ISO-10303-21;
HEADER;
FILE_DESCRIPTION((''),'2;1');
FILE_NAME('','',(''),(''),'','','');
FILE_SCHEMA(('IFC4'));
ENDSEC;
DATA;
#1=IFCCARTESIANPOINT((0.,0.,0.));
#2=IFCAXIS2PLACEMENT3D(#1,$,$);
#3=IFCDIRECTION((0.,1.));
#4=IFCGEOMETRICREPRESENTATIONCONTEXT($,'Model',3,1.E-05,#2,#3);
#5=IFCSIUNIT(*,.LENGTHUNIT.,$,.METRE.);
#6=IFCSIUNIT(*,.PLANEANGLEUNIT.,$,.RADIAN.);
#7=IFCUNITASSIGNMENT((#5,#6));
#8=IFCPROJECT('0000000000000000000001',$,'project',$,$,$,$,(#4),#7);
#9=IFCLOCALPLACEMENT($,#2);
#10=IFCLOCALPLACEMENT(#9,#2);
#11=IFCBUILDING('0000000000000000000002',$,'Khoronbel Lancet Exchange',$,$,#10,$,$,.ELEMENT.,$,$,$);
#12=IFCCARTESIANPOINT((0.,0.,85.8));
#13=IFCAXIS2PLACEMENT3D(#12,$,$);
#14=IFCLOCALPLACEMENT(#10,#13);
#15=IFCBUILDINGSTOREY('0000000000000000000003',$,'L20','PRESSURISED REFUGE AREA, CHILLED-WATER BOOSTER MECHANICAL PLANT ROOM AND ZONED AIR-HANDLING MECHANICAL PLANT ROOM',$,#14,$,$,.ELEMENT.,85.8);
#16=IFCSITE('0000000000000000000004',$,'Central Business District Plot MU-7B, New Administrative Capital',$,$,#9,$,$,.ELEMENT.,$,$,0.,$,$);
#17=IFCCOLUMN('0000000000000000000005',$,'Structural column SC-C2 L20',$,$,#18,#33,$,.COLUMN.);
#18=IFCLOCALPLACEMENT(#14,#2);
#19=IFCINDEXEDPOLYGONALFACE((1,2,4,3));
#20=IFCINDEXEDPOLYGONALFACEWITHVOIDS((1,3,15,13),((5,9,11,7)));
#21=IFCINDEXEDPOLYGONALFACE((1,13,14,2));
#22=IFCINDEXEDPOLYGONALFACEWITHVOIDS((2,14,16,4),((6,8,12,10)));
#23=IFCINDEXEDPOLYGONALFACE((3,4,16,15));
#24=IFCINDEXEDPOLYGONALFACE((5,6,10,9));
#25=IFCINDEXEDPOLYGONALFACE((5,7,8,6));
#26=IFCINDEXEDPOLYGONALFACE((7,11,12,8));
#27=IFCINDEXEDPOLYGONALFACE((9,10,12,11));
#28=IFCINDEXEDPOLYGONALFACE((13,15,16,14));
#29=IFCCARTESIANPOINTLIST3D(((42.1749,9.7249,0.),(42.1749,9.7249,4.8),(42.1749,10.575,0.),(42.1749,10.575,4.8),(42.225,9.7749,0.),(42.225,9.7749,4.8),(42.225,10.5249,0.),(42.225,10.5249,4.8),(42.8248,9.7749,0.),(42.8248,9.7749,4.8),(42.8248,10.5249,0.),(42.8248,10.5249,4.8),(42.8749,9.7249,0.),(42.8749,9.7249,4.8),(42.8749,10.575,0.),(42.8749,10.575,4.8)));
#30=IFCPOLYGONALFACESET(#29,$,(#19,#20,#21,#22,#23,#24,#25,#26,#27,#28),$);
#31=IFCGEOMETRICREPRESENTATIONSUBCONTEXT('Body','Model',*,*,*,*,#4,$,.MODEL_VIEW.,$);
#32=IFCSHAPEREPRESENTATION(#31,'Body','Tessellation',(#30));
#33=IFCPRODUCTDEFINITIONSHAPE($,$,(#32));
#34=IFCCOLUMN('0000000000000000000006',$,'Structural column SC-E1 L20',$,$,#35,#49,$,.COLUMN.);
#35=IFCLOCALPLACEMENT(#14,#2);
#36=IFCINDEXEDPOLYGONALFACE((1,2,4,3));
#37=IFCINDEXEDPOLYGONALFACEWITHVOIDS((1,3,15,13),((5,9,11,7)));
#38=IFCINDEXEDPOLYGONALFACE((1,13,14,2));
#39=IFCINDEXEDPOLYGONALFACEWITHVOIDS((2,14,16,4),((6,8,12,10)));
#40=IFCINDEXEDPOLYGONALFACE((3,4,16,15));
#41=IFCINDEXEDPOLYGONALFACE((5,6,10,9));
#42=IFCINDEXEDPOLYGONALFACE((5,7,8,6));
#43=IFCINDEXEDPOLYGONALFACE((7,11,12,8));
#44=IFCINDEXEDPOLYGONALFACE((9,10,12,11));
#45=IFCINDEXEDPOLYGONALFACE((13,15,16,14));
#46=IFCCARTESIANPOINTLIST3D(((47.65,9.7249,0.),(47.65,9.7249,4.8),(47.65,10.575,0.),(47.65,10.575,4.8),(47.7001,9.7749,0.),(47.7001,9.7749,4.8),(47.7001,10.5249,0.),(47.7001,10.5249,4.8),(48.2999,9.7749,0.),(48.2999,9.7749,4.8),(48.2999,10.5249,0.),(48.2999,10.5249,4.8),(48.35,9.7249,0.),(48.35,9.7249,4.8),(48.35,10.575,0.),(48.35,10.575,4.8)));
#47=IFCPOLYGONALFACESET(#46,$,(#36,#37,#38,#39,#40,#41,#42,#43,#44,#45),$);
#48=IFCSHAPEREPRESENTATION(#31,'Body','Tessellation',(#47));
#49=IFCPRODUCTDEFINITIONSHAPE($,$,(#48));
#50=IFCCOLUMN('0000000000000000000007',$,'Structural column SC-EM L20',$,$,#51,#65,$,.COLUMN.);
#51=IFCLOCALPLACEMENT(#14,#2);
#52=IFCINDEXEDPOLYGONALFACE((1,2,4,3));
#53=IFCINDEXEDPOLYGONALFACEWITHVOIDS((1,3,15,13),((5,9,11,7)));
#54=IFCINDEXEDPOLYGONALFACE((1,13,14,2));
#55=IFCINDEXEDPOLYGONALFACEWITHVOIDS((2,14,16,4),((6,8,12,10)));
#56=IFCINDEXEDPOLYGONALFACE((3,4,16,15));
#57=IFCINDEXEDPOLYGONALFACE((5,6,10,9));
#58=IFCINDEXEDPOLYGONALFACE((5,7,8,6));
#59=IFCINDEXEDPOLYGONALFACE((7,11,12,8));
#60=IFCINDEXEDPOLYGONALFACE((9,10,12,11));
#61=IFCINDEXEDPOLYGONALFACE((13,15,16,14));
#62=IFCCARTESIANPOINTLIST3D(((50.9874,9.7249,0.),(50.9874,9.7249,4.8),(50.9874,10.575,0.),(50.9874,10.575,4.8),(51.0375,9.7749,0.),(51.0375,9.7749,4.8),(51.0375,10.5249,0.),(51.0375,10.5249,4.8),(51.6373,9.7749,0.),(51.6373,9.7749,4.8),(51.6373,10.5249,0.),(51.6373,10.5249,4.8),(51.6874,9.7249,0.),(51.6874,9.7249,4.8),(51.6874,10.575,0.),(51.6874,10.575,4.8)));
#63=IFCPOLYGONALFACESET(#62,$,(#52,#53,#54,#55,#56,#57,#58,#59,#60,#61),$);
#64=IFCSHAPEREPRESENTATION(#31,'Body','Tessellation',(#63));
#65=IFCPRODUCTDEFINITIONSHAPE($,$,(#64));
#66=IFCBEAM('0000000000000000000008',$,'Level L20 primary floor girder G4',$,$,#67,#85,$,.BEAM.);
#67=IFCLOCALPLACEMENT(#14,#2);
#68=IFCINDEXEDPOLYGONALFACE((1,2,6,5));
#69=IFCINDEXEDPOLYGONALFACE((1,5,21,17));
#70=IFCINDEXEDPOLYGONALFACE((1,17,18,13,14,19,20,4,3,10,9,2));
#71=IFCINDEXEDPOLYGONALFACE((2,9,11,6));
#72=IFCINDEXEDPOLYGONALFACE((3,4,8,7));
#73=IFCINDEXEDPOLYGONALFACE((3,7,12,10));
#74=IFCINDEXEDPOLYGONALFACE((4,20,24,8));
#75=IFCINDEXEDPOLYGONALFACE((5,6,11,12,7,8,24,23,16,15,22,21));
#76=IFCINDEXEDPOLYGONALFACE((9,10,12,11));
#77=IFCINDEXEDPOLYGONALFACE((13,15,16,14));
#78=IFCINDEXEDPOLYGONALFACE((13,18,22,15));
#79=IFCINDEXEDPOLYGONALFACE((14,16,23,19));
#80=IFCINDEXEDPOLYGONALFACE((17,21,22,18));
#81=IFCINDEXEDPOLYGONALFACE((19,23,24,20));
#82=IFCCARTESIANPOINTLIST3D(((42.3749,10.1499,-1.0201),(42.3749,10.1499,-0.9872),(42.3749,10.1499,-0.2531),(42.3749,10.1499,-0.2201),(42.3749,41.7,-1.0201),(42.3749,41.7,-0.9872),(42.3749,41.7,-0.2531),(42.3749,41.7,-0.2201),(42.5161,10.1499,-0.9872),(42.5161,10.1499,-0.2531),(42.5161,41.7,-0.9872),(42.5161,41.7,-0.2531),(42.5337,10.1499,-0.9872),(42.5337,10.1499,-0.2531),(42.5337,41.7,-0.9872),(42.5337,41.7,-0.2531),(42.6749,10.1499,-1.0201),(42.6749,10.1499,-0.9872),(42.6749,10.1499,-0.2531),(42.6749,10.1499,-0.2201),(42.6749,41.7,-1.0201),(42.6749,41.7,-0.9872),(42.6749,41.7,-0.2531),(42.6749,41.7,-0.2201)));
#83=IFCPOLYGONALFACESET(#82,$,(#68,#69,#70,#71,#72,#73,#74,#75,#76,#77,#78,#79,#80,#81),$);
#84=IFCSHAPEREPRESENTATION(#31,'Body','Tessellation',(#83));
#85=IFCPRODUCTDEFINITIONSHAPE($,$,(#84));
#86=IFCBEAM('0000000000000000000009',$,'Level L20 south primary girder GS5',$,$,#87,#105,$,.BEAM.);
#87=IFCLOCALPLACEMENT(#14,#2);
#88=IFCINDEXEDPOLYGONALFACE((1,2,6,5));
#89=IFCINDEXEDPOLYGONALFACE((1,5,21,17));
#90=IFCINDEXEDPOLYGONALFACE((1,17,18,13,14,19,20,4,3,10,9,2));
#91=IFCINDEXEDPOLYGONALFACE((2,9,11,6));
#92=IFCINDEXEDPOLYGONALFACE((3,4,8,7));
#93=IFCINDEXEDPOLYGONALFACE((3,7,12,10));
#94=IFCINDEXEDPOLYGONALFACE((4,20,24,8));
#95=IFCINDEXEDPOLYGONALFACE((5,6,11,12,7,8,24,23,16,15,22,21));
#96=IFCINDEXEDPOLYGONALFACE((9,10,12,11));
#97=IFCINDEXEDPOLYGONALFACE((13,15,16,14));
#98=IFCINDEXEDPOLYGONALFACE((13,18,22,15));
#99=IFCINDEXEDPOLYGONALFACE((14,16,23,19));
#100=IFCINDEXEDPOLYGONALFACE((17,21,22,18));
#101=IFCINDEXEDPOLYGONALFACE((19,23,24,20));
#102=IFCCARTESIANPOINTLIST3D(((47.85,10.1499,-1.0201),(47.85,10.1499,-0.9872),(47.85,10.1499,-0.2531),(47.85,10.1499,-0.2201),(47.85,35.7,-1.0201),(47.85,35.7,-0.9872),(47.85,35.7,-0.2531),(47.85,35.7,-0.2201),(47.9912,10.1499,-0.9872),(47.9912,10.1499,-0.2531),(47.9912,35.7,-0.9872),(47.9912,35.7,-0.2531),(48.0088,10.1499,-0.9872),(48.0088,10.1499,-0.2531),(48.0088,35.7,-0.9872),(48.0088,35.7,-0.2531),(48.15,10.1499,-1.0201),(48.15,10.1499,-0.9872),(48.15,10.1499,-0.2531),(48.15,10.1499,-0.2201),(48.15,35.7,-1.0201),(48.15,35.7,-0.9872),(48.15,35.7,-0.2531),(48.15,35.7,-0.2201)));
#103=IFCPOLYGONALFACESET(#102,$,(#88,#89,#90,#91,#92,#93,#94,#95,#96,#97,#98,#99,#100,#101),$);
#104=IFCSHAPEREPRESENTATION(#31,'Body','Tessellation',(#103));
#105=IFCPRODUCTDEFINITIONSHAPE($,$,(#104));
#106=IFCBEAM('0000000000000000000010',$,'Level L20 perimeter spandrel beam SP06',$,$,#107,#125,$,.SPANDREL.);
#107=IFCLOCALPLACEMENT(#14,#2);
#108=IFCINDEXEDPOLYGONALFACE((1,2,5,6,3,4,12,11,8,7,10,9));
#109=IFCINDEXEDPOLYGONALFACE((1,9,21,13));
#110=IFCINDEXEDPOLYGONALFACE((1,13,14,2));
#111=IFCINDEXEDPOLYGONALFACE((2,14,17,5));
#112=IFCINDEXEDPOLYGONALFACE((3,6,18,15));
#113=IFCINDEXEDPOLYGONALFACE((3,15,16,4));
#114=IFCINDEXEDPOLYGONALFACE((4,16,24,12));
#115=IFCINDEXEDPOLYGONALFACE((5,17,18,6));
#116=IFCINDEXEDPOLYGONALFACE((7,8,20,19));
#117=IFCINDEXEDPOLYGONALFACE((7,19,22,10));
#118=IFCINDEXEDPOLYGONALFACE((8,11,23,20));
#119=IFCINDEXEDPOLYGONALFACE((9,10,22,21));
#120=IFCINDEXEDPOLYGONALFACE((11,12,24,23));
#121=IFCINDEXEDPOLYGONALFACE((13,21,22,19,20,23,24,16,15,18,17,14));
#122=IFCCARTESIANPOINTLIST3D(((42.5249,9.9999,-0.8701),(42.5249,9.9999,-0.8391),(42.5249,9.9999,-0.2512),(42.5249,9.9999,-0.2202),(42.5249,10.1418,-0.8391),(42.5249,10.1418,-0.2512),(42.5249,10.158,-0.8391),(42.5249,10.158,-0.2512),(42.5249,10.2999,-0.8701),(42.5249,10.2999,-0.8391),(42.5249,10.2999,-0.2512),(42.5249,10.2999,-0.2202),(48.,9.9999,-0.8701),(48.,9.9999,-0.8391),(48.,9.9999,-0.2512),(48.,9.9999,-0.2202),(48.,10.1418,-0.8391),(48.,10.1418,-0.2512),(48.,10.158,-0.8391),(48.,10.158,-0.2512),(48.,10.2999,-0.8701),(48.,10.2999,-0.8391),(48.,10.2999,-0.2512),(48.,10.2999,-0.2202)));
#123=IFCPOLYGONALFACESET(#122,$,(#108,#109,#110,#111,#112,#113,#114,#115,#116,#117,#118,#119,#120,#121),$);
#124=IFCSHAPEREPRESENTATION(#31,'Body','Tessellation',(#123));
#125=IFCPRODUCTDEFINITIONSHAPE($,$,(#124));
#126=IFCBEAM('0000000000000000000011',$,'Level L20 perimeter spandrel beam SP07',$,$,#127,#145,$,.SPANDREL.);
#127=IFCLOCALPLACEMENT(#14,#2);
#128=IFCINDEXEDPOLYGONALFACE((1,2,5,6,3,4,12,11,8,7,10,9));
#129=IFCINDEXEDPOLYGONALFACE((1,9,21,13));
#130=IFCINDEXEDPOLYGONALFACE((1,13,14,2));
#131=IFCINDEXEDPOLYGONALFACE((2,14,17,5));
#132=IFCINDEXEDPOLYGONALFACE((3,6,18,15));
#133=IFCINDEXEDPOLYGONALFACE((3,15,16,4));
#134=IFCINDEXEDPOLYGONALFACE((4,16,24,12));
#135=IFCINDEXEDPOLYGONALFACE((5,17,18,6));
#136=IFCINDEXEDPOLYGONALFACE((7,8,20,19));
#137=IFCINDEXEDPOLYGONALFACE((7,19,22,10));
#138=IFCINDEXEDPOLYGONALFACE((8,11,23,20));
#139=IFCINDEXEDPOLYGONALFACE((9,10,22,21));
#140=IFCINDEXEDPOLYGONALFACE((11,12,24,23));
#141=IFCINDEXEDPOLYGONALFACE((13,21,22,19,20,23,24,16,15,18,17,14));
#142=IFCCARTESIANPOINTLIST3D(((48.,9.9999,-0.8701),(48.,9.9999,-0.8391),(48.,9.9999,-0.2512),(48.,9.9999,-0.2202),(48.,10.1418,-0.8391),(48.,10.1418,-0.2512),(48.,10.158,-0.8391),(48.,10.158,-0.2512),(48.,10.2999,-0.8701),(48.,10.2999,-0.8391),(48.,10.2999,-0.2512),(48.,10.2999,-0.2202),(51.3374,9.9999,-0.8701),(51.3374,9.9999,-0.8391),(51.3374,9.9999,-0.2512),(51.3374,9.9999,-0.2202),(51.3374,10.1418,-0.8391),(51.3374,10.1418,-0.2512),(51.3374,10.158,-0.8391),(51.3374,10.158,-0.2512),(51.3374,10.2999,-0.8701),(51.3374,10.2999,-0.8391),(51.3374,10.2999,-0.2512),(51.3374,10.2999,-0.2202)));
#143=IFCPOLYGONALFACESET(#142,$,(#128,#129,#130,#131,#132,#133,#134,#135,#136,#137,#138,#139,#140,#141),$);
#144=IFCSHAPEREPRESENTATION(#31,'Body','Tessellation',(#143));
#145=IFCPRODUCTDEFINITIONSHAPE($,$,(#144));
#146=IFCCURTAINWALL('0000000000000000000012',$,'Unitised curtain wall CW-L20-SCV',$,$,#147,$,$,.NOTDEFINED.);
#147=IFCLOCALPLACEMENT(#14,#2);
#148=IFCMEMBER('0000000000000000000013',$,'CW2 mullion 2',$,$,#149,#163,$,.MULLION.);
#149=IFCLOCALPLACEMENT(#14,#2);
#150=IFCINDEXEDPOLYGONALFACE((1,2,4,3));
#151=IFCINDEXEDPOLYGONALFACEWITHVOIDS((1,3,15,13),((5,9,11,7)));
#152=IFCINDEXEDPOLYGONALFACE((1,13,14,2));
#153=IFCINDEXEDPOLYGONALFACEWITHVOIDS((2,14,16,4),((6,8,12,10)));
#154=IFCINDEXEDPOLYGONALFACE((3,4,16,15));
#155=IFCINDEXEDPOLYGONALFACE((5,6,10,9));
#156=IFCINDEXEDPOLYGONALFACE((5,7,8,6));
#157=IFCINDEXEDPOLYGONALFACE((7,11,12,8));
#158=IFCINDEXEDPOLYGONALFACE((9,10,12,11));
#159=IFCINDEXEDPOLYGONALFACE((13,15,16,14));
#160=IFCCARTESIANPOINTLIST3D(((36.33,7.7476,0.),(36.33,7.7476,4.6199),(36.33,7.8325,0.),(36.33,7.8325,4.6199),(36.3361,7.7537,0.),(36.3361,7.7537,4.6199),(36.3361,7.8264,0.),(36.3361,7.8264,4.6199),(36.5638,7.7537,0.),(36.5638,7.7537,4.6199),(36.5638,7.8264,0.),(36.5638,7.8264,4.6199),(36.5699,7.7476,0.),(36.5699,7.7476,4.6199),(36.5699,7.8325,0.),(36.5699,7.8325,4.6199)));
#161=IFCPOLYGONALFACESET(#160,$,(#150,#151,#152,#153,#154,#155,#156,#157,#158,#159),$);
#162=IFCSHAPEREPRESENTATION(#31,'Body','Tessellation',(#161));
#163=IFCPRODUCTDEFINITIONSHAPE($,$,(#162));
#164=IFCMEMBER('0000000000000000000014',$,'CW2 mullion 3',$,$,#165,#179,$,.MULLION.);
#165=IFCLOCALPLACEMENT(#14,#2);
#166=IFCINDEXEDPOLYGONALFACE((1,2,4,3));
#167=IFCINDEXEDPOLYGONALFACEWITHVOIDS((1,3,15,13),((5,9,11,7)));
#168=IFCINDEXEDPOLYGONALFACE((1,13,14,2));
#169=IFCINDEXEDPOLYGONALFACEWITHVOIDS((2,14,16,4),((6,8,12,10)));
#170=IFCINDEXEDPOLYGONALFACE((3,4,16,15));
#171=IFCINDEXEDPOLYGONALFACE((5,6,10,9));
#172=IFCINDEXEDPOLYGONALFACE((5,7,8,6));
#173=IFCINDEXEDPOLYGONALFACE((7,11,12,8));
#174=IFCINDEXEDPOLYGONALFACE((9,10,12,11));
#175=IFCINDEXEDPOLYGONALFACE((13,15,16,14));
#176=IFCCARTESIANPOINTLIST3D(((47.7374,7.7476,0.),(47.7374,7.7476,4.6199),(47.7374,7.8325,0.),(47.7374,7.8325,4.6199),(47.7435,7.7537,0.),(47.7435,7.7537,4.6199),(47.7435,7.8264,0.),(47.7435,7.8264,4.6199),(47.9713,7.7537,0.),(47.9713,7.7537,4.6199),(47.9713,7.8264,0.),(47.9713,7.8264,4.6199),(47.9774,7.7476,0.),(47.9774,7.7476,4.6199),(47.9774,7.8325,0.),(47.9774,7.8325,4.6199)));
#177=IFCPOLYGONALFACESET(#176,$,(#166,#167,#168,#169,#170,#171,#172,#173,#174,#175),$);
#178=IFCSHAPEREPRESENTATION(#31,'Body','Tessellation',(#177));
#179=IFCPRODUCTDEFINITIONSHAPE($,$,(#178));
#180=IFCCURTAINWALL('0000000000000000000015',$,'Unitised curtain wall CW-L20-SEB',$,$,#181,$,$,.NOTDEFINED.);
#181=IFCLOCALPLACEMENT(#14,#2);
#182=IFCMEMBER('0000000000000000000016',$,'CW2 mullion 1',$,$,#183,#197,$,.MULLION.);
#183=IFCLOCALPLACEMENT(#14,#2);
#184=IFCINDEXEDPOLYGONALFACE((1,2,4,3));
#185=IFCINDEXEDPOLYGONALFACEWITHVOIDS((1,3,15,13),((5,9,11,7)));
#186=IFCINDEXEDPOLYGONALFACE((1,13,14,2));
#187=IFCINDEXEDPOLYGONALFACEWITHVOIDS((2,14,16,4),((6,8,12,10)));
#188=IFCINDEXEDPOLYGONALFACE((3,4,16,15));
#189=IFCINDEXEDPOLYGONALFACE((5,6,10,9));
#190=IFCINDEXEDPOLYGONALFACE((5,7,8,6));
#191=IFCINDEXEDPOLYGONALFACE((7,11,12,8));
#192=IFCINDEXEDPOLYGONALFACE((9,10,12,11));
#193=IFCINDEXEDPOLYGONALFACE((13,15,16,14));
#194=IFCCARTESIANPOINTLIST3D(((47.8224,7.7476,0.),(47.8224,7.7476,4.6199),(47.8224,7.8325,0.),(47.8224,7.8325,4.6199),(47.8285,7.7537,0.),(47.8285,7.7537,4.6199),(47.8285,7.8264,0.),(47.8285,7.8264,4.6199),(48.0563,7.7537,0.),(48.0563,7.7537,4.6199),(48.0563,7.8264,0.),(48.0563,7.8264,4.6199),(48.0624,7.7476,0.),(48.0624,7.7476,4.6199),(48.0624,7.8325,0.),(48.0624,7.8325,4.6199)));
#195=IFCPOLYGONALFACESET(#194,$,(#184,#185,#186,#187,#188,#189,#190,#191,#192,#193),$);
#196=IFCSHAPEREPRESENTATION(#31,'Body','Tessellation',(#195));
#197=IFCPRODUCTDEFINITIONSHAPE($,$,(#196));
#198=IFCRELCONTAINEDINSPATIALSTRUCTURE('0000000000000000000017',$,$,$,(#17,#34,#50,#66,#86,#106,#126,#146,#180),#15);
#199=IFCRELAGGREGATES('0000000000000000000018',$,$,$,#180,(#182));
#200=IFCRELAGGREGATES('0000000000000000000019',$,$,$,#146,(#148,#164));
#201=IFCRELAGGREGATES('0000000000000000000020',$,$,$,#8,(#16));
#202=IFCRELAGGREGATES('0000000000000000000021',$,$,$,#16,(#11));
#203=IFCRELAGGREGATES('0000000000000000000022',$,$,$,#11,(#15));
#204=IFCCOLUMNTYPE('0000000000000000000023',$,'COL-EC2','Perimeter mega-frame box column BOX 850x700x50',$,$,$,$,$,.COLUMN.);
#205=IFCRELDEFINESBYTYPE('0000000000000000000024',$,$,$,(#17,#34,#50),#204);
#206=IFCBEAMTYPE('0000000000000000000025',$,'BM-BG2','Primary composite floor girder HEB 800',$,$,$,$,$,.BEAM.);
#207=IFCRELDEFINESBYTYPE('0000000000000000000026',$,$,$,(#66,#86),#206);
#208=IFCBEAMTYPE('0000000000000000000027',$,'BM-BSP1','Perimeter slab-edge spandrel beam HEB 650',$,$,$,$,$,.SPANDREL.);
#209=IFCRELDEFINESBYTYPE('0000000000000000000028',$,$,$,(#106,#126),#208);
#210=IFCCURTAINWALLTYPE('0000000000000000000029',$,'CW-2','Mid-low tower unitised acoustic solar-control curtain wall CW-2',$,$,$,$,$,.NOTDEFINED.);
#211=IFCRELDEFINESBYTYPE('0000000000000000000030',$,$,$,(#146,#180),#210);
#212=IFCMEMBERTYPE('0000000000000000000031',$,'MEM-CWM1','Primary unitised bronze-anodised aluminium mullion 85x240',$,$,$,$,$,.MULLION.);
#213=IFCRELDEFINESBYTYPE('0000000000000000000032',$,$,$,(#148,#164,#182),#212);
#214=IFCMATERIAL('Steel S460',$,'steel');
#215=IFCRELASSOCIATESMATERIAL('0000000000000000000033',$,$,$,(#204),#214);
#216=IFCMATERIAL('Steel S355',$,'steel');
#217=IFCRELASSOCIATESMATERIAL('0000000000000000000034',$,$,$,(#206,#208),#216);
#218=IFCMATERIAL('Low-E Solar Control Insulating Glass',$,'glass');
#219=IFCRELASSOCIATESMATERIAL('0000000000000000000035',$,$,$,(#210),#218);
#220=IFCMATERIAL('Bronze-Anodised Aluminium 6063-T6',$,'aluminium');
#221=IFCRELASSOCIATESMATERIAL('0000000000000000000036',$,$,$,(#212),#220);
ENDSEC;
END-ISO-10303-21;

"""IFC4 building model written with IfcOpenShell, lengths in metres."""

from ifc_helpers import new_model, si_unit, direction, frame, origin, origin_2d, place, context, subcontext, project, spatial, hollow_rectangle, i_section, extrude, material, material_profile, profile_set, type_object, element, aggregate, save


model = new_model("IFC4")

# Units and contexts
model_context = context("Model", 3, precision=1e-05, world=origin(), true_north=direction((0.0, 1.0)))
body_context = subcontext(model_context, "Body", "Model", "MODEL_VIEW")
ifc_project = project(units=[si_unit("LENGTHUNIT", "METRE"), si_unit("PLANEANGLEUNIT", "RADIAN")], contexts=[model_context])

# Site, building, storey
site_placement = place(None, origin())
site = spatial("IfcSite", under=ifc_project, at=site_placement, Name="Central Business District Plot MU-7B, New Administrative Capital", CompositionType="ELEMENT", RefElevation=0.0)
building_placement = place(site_placement, origin())
building = spatial("IfcBuilding", under=site, at=building_placement, Name="Khoronbel Lancet Exchange", CompositionType="ELEMENT")
storey_placement = place(building_placement, frame((0.0, 0.0, 85.8)))
storey = spatial("IfcBuildingStorey", under=building, at=storey_placement, Name="L20", Description="PRESSURISED REFUGE AREA, CHILLED-WATER BOOSTER MECHANICAL PLANT ROOM AND ZONED AIR-HANDLING MECHANICAL PLANT ROOM", CompositionType="ELEMENT", Elevation=85.8)

# Columns
ifc_material_1 = material(Name="Steel S460", Category="steel")
ifc_material_profile_1 = material_profile(ifc_material_1, hollow_rectangle(XDim=0.7, YDim=0.8501, WallThickness=0.05, at=origin_2d()), Name="BOX 850x700x50")
ifc_profile_set_1 = profile_set([ifc_material_profile_1], Name="Steel S460")
column_type = type_object("IfcColumnType", Name="COL-EC2", Description="Perimeter mega-frame box column BOX 850x700x50", PredefinedType="COLUMN", material=ifc_profile_set_1)
for number, where, z_axis, x_axis, name in (
    (1, (42.5249, 10.1499, 0.0), (0.0, 0.0, 1.0), (1.0, 0.0, 0.0), "Structural column SC-C2 L20"),
    (2, (48.0, 10.1499, 0.0), (0.0, 0.0, 1.0), (1.0, 0.0, 0.0), "Structural column SC-E1 L20"),
    (3, (51.3374, 10.1499, 0.0), (0.0, 0.0, 1.0), (1.0, 0.0, 0.0), "Structural column SC-EM L20"),
):
    element("IfcColumn", number, at=place(storey_placement, frame(where, z_axis=z_axis, x_axis=x_axis)), inside=storey, type_object=column_type, Name=name, PredefinedType="COLUMN", context=body_context, shape_type="SweptSolid", body=[
        extrude(hollow_rectangle(XDim=0.7, YDim=0.8501, WallThickness=0.05, at=origin_2d()), origin(), (0.0, 0.0, 1.0), 4.8),
    ])

# Beams
ifc_material_2 = material(Name="Steel S355", Category="steel")
ifc_material_profile_2 = material_profile(ifc_material_2, i_section(OverallWidth=0.3, OverallDepth=0.8, WebThickness=0.0176, FlangeThickness=0.033, at=origin_2d()), Name="HEB 800")
ifc_profile_set_2 = profile_set([ifc_material_profile_2], Name="Steel S355")
beam_type_1 = type_object("IfcBeamType", Name="BM-BG2", Description="Primary composite floor girder HEB 800", PredefinedType="BEAM", material=ifc_profile_set_2)
beam_1_placement = place(storey_placement, frame((42.5249, 10.1499, -0.6201), z_axis=(0.0, 1.0, 0.0), x_axis=(-1.0, 0.0, 0.0)))
element("IfcBeam", 4, at=beam_1_placement, inside=storey, type_object=beam_type_1, Name="Level L20 primary floor girder G4", PredefinedType="BEAM", context=body_context, shape_type="SweptSolid", body=[
    extrude(i_section(OverallWidth=0.3, OverallDepth=0.8, WebThickness=0.0176, FlangeThickness=0.033, at=origin_2d()), origin(), (0.0, 0.0, 1.0), 31.55),
])
beam_2_placement = place(storey_placement, frame((48.0, 10.1499, -0.6201), z_axis=(0.0, 1.0, 0.0), x_axis=(-1.0, 0.0, 0.0)))
element("IfcBeam", 5, at=beam_2_placement, inside=storey, type_object=beam_type_1, Name="Level L20 south primary girder GS5", PredefinedType="BEAM", context=body_context, shape_type="SweptSolid", body=[
    extrude(i_section(OverallWidth=0.3, OverallDepth=0.8, WebThickness=0.0176, FlangeThickness=0.033, at=origin_2d()), origin(), (0.0, 0.0, 1.0), 25.55),
])
ifc_material_profile_3 = material_profile(ifc_material_2, i_section(OverallWidth=0.3, OverallDepth=0.6499, WebThickness=0.0161, FlangeThickness=0.031, at=origin_2d()), Name="HEB 650")
ifc_profile_set_3 = profile_set([ifc_material_profile_3], Name="Steel S355")
beam_type_2 = type_object("IfcBeamType", Name="BM-BSP1", Description="Perimeter slab-edge spandrel beam HEB 650", PredefinedType="SPANDREL", material=ifc_profile_set_3)
beam_3_placement = place(storey_placement, frame((42.5249, 10.1499, -0.5452), z_axis=(1.0, 0.0, 0.0), x_axis=(0.0, 1.0, 0.0)))
element("IfcBeam", 6, at=beam_3_placement, inside=storey, type_object=beam_type_2, Name="Level L20 perimeter spandrel beam SP06", PredefinedType="SPANDREL", context=body_context, shape_type="SweptSolid", body=[
    extrude(i_section(OverallWidth=0.3, OverallDepth=0.6499, WebThickness=0.0161, FlangeThickness=0.031, at=origin_2d()), origin(), (0.0, 0.0, 1.0), 5.4751),
])
beam_4_placement = place(storey_placement, frame((48.0, 10.1499, -0.5452), z_axis=(1.0, 0.0, 0.0), x_axis=(0.0, 1.0, 0.0)))
element("IfcBeam", 7, at=beam_4_placement, inside=storey, type_object=beam_type_2, Name="Level L20 perimeter spandrel beam SP07", PredefinedType="SPANDREL", context=body_context, shape_type="SweptSolid", body=[
    extrude(i_section(OverallWidth=0.3, OverallDepth=0.6499, WebThickness=0.0161, FlangeThickness=0.031, at=origin_2d()), origin(), (0.0, 0.0, 1.0), 3.3374),
])

# Curtain wall, members
ifc_material_3 = material(Name="Low-E Solar Control Insulating Glass", Category="glass")
curtain_wall_type = type_object("IfcCurtainWallType", Name="CW-2", Description="Mid-low tower unitised acoustic solar-control curtain wall CW-2", PredefinedType="NOTDEFINED", material=ifc_material_3)
curtain_wall_1_placement = place(storey_placement, origin())
curtain_wall_1 = element("IfcCurtainWall", 8, at=curtain_wall_1_placement, inside=storey, type_object=curtain_wall_type, Name="Unitised curtain wall CW-L20-SCV", PredefinedType="NOTDEFINED")
ifc_material_4 = material(Name="Bronze-Anodised Aluminium 6063-T6", Category="aluminium")
ifc_material_profile_4 = material_profile(ifc_material_4, hollow_rectangle(XDim=0.085, YDim=0.24, WallThickness=0.0061, at=origin_2d()), Name="ALU MULLION 85x240")
ifc_profile_set_4 = profile_set([ifc_material_profile_4], Name="Bronze-Anodised Aluminium 6063-T6")
member_type_1 = type_object("IfcMemberType", Name="MEM-CWM1", Description="Primary unitised bronze-anodised aluminium mullion 85x240", PredefinedType="MULLION", material=ifc_profile_set_4)
member_1_placement = place(storey_placement, frame((36.45, 7.79, 0.0), z_axis=(0.0, 0.0, 1.0), x_axis=(0.0, 1.0, 0.0)))
member_1 = element("IfcMember", 9, at=member_1_placement, type_object=member_type_1, Name="CW2 mullion 2", PredefinedType="MULLION", context=body_context, shape_type="SweptSolid", body=[
    extrude(hollow_rectangle(XDim=0.085, YDim=0.24, WallThickness=0.0061, at=origin_2d()), origin(), (0.0, 0.0, 1.0), 4.6199),
])
member_2_placement = place(storey_placement, frame((47.8574, 7.79, 0.0), z_axis=(0.0, 0.0, 1.0), x_axis=(0.0, 1.0, 0.0)))
member_2 = element("IfcMember", 10, at=member_2_placement, type_object=member_type_1, Name="CW2 mullion 3", PredefinedType="MULLION", context=body_context, shape_type="SweptSolid", body=[
    extrude(hollow_rectangle(XDim=0.085, YDim=0.24, WallThickness=0.0061, at=origin_2d()), origin(), (0.0, 0.0, 1.0), 4.6199),
])

# Curtain wall, member
curtain_wall_2_placement = place(storey_placement, origin())
curtain_wall_2 = element("IfcCurtainWall", 11, at=curtain_wall_2_placement, inside=storey, type_object=curtain_wall_type, Name="Unitised curtain wall CW-L20-SEB", PredefinedType="NOTDEFINED")
member_3_placement = place(storey_placement, frame((47.9424, 7.79, 0.0), z_axis=(0.0, 0.0, 1.0), x_axis=(0.0, 1.0, 0.0)))
member_3 = element("IfcMember", 12, at=member_3_placement, type_object=member_type_1, Name="CW2 mullion 1", PredefinedType="MULLION", context=body_context, shape_type="SweptSolid", body=[
    extrude(hollow_rectangle(XDim=0.085, YDim=0.24, WallThickness=0.0061, at=origin_2d()), origin(), (0.0, 0.0, 1.0), 4.6199),
])

aggregate(curtain_wall_2, [member_3])

aggregate(curtain_wall_1, [member_1, member_2])

save(model, "model.ifc")
